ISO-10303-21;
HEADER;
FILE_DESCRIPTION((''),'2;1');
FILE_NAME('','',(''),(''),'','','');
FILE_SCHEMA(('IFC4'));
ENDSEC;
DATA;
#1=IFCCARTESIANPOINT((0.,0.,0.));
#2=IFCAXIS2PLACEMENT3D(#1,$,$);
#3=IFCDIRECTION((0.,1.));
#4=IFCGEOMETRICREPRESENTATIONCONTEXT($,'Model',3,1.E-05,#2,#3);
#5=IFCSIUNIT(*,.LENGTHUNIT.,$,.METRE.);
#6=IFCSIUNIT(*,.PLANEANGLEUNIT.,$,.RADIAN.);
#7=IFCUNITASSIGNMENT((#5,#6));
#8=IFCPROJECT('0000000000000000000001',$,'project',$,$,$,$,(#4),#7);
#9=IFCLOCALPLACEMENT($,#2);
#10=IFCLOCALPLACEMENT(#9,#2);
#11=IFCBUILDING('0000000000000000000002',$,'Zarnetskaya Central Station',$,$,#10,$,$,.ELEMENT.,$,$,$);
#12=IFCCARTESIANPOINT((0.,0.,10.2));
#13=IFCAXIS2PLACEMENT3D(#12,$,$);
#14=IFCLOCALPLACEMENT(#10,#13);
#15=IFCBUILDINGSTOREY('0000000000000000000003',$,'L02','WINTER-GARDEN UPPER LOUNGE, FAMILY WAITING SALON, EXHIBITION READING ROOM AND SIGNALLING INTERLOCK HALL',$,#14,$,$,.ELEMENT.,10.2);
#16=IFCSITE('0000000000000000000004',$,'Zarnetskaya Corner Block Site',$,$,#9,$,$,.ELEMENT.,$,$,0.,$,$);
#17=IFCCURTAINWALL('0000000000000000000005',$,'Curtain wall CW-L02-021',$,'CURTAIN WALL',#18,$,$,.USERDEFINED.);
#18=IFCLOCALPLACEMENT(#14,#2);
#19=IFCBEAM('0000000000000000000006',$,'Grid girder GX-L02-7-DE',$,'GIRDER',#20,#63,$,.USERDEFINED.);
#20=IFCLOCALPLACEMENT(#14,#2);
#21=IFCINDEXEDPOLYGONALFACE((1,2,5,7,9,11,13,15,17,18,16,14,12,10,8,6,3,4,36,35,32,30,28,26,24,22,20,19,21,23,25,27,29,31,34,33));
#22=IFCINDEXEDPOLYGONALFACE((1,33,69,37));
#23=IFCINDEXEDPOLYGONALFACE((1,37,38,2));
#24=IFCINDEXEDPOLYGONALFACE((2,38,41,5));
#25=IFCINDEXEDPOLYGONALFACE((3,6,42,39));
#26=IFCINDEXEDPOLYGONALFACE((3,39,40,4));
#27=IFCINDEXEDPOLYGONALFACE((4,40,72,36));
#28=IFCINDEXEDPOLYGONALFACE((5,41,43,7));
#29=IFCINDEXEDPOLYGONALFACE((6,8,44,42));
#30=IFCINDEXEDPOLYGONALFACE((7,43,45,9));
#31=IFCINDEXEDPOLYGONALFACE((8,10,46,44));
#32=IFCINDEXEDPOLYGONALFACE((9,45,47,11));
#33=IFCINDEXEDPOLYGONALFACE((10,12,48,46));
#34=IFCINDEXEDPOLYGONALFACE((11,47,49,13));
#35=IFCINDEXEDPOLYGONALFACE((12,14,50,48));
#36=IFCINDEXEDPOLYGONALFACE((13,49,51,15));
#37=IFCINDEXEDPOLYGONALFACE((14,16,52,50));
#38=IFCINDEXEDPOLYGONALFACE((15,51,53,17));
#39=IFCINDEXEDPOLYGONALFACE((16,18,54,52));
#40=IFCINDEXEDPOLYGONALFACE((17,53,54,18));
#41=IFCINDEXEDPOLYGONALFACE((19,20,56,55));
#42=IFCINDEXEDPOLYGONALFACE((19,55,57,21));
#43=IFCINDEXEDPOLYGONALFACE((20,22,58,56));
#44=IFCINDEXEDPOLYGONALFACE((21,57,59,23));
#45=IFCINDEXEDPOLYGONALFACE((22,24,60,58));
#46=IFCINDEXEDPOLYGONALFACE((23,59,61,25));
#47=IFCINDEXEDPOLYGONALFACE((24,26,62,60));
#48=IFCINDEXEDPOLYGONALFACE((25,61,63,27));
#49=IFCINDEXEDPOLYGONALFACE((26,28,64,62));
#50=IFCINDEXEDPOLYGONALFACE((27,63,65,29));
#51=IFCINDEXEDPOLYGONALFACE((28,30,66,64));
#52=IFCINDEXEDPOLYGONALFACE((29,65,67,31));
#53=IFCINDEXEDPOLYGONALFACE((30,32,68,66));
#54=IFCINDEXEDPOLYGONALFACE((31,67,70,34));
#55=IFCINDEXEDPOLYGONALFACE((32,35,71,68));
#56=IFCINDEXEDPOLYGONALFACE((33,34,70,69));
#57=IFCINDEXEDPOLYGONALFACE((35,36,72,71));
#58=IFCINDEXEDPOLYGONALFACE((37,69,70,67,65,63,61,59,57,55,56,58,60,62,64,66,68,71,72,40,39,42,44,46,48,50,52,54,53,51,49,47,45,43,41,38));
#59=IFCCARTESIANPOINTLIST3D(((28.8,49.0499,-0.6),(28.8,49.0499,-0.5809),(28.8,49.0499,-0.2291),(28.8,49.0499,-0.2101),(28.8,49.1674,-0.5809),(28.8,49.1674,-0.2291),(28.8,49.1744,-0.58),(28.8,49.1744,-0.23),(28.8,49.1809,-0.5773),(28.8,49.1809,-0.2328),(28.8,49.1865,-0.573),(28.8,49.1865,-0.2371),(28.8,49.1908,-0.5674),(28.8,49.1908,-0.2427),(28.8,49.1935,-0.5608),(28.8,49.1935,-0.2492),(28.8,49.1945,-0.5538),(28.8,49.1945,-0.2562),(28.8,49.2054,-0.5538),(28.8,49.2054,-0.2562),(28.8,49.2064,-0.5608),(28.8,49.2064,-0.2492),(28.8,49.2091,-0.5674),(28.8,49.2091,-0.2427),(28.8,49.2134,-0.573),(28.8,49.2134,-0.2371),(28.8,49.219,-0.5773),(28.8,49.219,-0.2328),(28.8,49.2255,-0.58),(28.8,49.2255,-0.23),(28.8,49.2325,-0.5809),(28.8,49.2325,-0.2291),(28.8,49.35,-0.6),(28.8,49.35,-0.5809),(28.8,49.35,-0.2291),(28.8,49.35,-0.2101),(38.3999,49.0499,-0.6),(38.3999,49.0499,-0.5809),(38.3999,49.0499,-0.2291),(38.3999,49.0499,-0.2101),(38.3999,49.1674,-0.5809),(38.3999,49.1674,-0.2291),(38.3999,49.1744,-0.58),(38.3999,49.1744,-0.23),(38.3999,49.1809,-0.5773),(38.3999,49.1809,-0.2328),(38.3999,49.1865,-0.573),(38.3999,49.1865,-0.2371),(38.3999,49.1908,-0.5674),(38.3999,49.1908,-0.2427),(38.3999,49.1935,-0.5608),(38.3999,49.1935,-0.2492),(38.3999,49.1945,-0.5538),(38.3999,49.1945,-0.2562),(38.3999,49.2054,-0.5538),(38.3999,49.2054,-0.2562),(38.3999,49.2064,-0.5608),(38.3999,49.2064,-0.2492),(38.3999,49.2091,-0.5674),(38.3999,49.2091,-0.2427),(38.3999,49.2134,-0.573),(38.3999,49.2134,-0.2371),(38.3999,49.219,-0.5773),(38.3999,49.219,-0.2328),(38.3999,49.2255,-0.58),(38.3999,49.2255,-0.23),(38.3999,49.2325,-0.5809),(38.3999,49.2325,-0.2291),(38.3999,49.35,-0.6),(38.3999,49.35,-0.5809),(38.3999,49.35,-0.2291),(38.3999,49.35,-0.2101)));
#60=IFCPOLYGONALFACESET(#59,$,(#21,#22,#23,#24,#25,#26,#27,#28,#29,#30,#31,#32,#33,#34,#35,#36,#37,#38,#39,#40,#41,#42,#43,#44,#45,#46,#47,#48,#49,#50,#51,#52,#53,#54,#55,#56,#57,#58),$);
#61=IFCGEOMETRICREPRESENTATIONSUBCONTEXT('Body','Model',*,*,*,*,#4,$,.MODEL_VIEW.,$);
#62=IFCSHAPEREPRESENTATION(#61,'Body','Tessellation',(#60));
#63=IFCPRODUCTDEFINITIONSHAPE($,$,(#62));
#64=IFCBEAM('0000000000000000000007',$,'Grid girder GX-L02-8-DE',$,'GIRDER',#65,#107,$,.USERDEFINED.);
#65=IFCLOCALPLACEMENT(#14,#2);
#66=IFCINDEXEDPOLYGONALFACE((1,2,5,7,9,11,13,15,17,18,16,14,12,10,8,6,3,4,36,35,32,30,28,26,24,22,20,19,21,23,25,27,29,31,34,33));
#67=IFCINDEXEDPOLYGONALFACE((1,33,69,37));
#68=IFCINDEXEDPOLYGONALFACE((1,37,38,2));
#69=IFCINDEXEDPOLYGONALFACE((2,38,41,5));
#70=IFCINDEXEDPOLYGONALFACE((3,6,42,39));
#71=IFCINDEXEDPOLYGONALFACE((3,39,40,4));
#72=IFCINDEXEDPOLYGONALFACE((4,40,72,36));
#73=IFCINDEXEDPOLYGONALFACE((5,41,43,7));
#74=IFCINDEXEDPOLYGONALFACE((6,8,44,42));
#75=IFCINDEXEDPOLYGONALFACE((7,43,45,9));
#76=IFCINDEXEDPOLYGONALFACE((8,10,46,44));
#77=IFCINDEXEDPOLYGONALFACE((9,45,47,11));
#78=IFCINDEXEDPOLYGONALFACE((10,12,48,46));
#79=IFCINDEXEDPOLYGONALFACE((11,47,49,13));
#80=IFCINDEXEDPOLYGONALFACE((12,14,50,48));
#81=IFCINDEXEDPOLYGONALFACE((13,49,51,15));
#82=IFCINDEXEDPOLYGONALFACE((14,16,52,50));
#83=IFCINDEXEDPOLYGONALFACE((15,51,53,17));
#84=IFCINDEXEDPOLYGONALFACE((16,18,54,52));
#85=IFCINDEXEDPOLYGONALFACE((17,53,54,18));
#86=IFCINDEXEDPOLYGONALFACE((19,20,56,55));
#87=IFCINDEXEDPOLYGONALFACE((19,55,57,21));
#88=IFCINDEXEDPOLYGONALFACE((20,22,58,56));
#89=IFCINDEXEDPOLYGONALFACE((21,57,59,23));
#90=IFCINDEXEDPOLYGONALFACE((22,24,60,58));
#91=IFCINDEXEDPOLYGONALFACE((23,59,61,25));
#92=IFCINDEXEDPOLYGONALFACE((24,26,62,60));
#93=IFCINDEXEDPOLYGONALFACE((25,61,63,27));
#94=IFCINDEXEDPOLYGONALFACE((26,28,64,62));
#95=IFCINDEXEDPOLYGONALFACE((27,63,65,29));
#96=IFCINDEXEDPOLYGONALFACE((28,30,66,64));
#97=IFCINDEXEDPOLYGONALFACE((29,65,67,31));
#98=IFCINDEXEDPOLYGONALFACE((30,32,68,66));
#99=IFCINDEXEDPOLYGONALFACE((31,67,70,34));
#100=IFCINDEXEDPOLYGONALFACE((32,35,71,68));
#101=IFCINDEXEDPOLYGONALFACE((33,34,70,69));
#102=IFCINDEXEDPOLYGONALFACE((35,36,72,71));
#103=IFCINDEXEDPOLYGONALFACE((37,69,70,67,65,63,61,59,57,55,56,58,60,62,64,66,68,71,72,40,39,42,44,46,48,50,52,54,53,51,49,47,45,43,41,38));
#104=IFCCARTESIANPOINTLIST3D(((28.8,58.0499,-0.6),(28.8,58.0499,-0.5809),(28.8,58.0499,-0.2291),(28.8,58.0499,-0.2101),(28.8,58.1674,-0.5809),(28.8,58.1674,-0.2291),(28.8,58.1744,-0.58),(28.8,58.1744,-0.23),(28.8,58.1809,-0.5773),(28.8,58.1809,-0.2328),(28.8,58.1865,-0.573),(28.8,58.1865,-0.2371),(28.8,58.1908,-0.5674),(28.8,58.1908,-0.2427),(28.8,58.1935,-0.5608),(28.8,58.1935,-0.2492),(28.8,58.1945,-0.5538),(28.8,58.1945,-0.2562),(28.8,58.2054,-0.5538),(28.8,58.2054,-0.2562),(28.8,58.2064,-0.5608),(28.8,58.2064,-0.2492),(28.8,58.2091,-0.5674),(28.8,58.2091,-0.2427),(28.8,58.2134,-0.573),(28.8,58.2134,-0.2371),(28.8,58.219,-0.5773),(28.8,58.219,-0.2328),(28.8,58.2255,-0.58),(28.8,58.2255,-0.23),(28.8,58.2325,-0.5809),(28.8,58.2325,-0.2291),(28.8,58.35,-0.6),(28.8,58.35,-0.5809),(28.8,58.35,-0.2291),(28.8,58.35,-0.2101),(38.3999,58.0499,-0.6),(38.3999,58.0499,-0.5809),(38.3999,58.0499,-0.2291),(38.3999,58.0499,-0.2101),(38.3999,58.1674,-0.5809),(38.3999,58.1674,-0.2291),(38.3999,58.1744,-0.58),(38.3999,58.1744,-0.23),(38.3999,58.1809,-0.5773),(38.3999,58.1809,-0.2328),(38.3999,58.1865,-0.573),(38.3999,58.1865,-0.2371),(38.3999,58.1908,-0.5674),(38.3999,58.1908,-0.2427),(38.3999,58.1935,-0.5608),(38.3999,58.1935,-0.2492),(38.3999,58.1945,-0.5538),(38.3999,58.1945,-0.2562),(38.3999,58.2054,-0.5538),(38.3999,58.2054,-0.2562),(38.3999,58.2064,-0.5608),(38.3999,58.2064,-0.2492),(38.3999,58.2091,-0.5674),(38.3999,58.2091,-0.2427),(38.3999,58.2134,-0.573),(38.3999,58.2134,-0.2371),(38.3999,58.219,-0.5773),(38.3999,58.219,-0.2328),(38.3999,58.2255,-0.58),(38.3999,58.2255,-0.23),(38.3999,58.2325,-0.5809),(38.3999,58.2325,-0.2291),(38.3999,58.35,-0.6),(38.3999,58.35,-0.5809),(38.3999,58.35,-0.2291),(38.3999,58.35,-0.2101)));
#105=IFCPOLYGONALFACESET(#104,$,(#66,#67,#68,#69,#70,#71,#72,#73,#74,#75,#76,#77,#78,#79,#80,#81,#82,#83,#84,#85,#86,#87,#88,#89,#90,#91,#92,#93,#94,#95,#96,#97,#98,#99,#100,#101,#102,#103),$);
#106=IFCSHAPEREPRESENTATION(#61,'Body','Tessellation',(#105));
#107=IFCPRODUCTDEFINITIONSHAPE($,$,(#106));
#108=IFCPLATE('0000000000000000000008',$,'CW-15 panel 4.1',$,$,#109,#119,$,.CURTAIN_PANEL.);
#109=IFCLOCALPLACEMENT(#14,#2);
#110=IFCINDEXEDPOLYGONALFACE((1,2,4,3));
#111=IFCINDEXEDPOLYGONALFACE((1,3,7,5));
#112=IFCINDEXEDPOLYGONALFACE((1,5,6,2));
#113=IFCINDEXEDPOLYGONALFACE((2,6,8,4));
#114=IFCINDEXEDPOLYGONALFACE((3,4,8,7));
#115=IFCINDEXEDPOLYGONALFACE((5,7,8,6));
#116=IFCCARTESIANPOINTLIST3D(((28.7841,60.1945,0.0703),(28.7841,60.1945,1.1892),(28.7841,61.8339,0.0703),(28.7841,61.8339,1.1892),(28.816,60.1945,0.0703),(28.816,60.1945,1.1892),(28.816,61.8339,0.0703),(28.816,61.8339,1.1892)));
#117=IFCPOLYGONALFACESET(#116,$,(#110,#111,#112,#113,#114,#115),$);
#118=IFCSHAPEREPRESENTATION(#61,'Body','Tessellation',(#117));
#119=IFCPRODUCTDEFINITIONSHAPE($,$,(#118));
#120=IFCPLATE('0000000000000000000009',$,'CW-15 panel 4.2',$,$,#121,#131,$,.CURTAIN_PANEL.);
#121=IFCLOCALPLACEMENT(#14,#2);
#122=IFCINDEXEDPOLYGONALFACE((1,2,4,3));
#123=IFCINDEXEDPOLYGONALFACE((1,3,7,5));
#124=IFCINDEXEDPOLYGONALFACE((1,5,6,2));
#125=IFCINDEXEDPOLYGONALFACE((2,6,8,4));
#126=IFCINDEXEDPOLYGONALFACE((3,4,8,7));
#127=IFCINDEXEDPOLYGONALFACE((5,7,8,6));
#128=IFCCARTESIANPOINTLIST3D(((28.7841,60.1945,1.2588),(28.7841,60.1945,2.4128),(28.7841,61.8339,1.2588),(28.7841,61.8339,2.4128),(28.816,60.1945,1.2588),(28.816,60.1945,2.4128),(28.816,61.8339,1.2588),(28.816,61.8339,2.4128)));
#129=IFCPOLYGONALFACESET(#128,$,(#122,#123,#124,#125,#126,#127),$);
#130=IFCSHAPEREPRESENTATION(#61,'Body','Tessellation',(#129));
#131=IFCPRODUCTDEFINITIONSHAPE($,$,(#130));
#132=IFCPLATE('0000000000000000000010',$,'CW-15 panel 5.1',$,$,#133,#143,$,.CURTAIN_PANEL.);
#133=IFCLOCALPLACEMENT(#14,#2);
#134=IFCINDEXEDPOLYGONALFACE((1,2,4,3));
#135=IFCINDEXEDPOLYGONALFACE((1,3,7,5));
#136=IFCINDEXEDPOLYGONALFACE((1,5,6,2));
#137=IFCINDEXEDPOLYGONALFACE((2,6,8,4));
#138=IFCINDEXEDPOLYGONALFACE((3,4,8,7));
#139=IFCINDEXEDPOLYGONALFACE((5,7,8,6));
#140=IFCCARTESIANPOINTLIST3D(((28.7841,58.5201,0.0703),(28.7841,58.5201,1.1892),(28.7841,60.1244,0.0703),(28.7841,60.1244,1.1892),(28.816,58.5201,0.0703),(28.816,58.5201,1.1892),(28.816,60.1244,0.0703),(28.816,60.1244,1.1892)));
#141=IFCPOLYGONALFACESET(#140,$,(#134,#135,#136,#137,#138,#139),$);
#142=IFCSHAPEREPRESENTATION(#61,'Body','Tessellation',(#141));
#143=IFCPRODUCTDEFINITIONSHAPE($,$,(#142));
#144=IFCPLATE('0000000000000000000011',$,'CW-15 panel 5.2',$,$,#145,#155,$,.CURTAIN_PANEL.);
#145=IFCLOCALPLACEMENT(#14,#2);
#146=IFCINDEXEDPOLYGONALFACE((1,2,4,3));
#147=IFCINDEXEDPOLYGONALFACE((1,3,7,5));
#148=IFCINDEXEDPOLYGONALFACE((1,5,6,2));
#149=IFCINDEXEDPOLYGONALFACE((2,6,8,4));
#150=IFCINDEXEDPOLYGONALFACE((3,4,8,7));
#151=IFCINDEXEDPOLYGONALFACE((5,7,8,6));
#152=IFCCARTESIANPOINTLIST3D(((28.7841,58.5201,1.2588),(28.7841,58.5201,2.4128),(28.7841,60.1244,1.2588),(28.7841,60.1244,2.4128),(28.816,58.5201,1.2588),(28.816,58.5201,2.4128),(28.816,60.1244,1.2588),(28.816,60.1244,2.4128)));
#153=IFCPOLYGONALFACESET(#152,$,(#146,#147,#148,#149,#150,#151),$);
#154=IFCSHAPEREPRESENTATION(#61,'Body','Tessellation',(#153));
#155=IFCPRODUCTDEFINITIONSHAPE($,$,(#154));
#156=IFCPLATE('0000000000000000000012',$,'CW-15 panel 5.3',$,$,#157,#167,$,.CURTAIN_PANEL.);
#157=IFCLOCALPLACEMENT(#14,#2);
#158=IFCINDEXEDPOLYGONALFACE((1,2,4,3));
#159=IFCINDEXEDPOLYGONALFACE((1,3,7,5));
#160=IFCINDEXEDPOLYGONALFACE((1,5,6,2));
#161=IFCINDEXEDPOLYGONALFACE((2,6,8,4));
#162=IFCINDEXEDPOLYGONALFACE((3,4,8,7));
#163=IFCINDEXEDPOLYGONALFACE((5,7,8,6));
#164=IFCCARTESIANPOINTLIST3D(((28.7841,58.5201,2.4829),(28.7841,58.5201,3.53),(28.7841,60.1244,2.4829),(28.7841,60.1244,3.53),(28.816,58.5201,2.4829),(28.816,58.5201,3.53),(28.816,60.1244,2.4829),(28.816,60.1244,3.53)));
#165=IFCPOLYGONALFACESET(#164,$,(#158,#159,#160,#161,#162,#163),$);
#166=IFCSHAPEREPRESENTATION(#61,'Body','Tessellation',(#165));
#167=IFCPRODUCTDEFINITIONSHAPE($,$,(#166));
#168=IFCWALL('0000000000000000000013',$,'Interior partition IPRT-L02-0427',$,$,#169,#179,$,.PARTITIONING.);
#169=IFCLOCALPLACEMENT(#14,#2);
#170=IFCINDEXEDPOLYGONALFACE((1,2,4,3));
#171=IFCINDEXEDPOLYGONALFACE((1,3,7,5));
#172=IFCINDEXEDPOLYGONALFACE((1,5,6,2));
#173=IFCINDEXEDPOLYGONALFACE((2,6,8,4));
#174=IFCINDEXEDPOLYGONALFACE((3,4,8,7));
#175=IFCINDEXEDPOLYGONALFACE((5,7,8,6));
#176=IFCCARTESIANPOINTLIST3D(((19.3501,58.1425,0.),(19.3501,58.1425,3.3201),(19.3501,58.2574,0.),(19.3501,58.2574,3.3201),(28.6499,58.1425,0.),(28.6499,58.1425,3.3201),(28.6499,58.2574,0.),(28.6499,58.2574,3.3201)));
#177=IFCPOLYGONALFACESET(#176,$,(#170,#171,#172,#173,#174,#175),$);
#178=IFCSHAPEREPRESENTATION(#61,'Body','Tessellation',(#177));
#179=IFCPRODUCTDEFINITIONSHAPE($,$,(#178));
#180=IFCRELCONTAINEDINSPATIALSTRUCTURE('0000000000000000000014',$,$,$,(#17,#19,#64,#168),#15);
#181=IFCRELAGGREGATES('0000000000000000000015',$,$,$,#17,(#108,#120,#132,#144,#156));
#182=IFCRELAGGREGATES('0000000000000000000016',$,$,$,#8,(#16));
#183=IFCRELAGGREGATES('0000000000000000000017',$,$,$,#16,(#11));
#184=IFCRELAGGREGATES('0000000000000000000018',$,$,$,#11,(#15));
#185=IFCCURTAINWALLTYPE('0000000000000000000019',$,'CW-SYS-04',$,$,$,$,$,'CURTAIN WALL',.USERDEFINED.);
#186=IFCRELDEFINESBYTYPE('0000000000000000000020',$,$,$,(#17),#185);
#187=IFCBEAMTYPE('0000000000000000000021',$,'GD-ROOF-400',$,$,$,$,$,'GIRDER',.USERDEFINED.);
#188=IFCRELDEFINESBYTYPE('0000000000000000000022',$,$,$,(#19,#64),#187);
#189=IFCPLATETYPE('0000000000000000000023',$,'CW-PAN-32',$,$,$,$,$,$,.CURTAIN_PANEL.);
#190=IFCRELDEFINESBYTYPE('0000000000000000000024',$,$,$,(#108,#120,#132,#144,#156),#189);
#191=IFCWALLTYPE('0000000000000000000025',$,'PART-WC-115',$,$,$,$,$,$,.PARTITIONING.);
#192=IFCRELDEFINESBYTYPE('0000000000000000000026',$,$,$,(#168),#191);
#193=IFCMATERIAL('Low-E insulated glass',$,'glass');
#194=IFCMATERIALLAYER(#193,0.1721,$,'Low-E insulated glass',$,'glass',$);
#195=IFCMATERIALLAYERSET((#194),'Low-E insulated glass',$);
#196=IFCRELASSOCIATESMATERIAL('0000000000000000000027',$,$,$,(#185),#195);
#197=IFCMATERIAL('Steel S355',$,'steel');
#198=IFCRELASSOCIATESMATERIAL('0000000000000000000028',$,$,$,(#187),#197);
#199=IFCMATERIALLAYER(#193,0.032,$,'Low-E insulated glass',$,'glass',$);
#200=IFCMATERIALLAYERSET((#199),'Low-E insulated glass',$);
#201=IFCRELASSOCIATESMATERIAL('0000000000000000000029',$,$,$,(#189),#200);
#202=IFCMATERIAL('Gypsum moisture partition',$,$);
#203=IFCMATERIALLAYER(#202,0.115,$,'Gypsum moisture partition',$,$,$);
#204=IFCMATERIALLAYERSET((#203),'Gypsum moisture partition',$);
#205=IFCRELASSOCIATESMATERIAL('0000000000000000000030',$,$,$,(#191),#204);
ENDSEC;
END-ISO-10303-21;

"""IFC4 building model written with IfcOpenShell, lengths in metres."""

from ifc_helpers import new_model, si_unit, direction, frame, frame_2d, origin, origin_2d, place, context, subcontext, project, spatial, rectangle, i_section, extrude, material, layer, layer_set, material_profile, profile_set, type_object, element, aggregate, save


model = new_model("IFC4")

# Units and contexts
model_context = context("Model", 3, precision=1e-05, world=origin(), true_north=direction((0.0, 1.0)))
body_context = subcontext(model_context, "Body", "Model", "MODEL_VIEW")
ifc_project = project(units=[si_unit("LENGTHUNIT", "METRE"), si_unit("PLANEANGLEUNIT", "RADIAN")], contexts=[model_context])

# Site, building, storey
site_placement = place(None, origin())
site = spatial("IfcSite", under=ifc_project, at=site_placement, Name="Zarnetskaya Corner Block Site", CompositionType="ELEMENT", RefElevation=0.0)
building_placement = place(site_placement, origin())
building = spatial("IfcBuilding", under=site, at=building_placement, Name="Zarnetskaya Central Station", CompositionType="ELEMENT")
storey_placement = place(building_placement, frame((0.0, 0.0, 10.2)))
storey = spatial("IfcBuildingStorey", under=building, at=storey_placement, Name="L02", Description="WINTER-GARDEN UPPER LOUNGE, FAMILY WAITING SALON, EXHIBITION READING ROOM AND SIGNALLING INTERLOCK HALL", CompositionType="ELEMENT", Elevation=10.2)

# Shared definitions
ifc_material_1 = material(Name="Steel S355", Category="steel")

# Curtain wall
ifc_material_2 = material(Name="Low-E insulated glass", Category="glass")
ifc_layer_1 = layer(ifc_material_2, 0.1721, Name="Low-E insulated glass", Category="glass")
ifc_layer_set_1 = layer_set([ifc_layer_1], Name="Low-E insulated glass")
curtain_wall_type = type_object("IfcCurtainWallType", Name="CW-SYS-04", ElementType="CURTAIN WALL", PredefinedType="USERDEFINED", material=ifc_layer_set_1)
curtain_wall_placement = place(storey_placement, origin())
curtain_wall = element("IfcCurtainWall", 1, at=curtain_wall_placement, inside=storey, type_object=curtain_wall_type, Name="Curtain wall CW-L02-021", ObjectType="CURTAIN WALL", PredefinedType="USERDEFINED")

# Beams
ifc_material_profile_1 = material_profile(ifc_material_1, i_section(OverallWidth=0.3, OverallDepth=0.3899, WebThickness=0.011, FlangeThickness=0.019, FilletRadius=0.0271, at=origin_2d()), Name="HEA 400")
ifc_profile_set_1 = profile_set([ifc_material_profile_1], Name="Steel S355")
beam_type_1 = type_object("IfcBeamType", Name="GD-ROOF-400", ElementType="GIRDER", PredefinedType="USERDEFINED", material=ifc_profile_set_1)
for number, where, z_axis, x_axis, name in (
    (2, (28.8, 49.2, -0.405), (1.0, 0.0, 0.0), (0.0, 1.0, 0.0), "Grid girder GX-L02-7-DE"),
    (3, (28.8, 58.2, -0.405), (1.0, 0.0, 0.0), (0.0, 1.0, 0.0), "Grid girder GX-L02-8-DE"),
):
    element("IfcBeam", number, at=place(storey_placement, frame(where, z_axis=z_axis, x_axis=x_axis)), inside=storey, type_object=beam_type_1, Name=name, ObjectType="GIRDER", PredefinedType="USERDEFINED", context=body_context, shape_type="SweptSolid", body=[
        extrude(i_section(OverallWidth=0.3, OverallDepth=0.3899, WebThickness=0.011, FlangeThickness=0.019, FilletRadius=0.0271, at=origin_2d()), origin(), (0.0, 0.0, 1.0), 9.5999),
    ])

# Plates
ifc_layer_2 = layer(ifc_material_2, 0.032, Name="Low-E insulated glass", Category="glass")
ifc_layer_set_2 = layer_set([ifc_layer_2], Name="Low-E insulated glass")
plate_type = type_object("IfcPlateType", Name="CW-PAN-32", PredefinedType="CURTAIN_PANEL", material=ifc_layer_set_2)
plate_1_placement = place(storey_placement, frame((28.8, 61.0142, 0.0703), z_axis=(0.0, 0.0, 1.0), x_axis=(0.0, -1.0, 0.0)))
plate_1 = element("IfcPlate", 4, at=plate_1_placement, type_object=plate_type, Name="CW-15 panel 4.1", PredefinedType="CURTAIN_PANEL", context=body_context, shape_type="SweptSolid", body=[
    extrude(rectangle(XDim=1.6394, YDim=0.032, at=origin_2d()), origin(), (0.0, 0.0, 1.0), 1.1189),
])
plate_2_placement = place(storey_placement, frame((28.8, 61.0142, 1.2588), z_axis=(0.0, 0.0, 1.0), x_axis=(0.0, -1.0, 0.0)))
plate_2 = element("IfcPlate", 5, at=plate_2_placement, type_object=plate_type, Name="CW-15 panel 4.2", PredefinedType="CURTAIN_PANEL", context=body_context, shape_type="SweptSolid", body=[
    extrude(rectangle(XDim=1.6394, YDim=0.032, at=origin_2d()), origin(), (0.0, 0.0, 1.0), 1.1541),
])
plate_3_placement = place(storey_placement, frame((28.8, 59.3223, 0.0703), z_axis=(0.0, 0.0, 1.0), x_axis=(0.0, -1.0, 0.0)))
plate_3 = element("IfcPlate", 6, at=plate_3_placement, type_object=plate_type, Name="CW-15 panel 5.1", PredefinedType="CURTAIN_PANEL", context=body_context, shape_type="SweptSolid", body=[
    extrude(rectangle(XDim=1.6042, YDim=0.032, at=origin_2d()), origin(), (0.0, 0.0, 1.0), 1.1189),
])
plate_4_placement = place(storey_placement, frame((28.8, 59.3223, 1.2588), z_axis=(0.0, 0.0, 1.0), x_axis=(0.0, -1.0, 0.0)))
plate_4 = element("IfcPlate", 7, at=plate_4_placement, type_object=plate_type, Name="CW-15 panel 5.2", PredefinedType="CURTAIN_PANEL", context=body_context, shape_type="SweptSolid", body=[
    extrude(rectangle(XDim=1.6042, YDim=0.032, at=origin_2d()), origin(), (0.0, 0.0, 1.0), 1.1541),
])
plate_5_placement = place(storey_placement, frame((28.8, 59.3223, 2.4829), z_axis=(0.0, 0.0, 1.0), x_axis=(0.0, -1.0, 0.0)))
plate_5 = element("IfcPlate", 8, at=plate_5_placement, type_object=plate_type, Name="CW-15 panel 5.3", PredefinedType="CURTAIN_PANEL", context=body_context, shape_type="SweptSolid", body=[
    extrude(rectangle(XDim=1.6042, YDim=0.032, at=origin_2d()), origin(), (0.0, 0.0, 1.0), 1.0471),
])
aggregate(curtain_wall, [plate_1, plate_2, plate_3, plate_4, plate_5])

# Wall
ifc_material_3 = material(Name="Gypsum moisture partition")
ifc_layer_3 = layer(ifc_material_3, 0.115, Name="Gypsum moisture partition")
ifc_layer_set_3 = layer_set([ifc_layer_3], Name="Gypsum moisture partition")
wall_type_1 = type_object("IfcWallType", Name="PART-WC-115", PredefinedType="PARTITIONING", material=ifc_layer_set_3)
wall_1_placement = place(storey_placement, frame((28.6499, 58.2, 0.0), z_axis=(0.0, 0.0, 1.0), x_axis=(-1.0, 0.0, 0.0)))
element("IfcWall", 9, at=wall_1_placement, inside=storey, type_object=wall_type_1, Name="Interior partition IPRT-L02-0427", PredefinedType="PARTITIONING", context=body_context, shape_type="SweptSolid", body=[
    extrude(rectangle(XDim=9.2998, YDim=0.115, at=frame_2d((4.6499, 0.0))), origin(), (0.0, 0.0, 1.0), 3.3201),
])

save(model, "model.ifc")
